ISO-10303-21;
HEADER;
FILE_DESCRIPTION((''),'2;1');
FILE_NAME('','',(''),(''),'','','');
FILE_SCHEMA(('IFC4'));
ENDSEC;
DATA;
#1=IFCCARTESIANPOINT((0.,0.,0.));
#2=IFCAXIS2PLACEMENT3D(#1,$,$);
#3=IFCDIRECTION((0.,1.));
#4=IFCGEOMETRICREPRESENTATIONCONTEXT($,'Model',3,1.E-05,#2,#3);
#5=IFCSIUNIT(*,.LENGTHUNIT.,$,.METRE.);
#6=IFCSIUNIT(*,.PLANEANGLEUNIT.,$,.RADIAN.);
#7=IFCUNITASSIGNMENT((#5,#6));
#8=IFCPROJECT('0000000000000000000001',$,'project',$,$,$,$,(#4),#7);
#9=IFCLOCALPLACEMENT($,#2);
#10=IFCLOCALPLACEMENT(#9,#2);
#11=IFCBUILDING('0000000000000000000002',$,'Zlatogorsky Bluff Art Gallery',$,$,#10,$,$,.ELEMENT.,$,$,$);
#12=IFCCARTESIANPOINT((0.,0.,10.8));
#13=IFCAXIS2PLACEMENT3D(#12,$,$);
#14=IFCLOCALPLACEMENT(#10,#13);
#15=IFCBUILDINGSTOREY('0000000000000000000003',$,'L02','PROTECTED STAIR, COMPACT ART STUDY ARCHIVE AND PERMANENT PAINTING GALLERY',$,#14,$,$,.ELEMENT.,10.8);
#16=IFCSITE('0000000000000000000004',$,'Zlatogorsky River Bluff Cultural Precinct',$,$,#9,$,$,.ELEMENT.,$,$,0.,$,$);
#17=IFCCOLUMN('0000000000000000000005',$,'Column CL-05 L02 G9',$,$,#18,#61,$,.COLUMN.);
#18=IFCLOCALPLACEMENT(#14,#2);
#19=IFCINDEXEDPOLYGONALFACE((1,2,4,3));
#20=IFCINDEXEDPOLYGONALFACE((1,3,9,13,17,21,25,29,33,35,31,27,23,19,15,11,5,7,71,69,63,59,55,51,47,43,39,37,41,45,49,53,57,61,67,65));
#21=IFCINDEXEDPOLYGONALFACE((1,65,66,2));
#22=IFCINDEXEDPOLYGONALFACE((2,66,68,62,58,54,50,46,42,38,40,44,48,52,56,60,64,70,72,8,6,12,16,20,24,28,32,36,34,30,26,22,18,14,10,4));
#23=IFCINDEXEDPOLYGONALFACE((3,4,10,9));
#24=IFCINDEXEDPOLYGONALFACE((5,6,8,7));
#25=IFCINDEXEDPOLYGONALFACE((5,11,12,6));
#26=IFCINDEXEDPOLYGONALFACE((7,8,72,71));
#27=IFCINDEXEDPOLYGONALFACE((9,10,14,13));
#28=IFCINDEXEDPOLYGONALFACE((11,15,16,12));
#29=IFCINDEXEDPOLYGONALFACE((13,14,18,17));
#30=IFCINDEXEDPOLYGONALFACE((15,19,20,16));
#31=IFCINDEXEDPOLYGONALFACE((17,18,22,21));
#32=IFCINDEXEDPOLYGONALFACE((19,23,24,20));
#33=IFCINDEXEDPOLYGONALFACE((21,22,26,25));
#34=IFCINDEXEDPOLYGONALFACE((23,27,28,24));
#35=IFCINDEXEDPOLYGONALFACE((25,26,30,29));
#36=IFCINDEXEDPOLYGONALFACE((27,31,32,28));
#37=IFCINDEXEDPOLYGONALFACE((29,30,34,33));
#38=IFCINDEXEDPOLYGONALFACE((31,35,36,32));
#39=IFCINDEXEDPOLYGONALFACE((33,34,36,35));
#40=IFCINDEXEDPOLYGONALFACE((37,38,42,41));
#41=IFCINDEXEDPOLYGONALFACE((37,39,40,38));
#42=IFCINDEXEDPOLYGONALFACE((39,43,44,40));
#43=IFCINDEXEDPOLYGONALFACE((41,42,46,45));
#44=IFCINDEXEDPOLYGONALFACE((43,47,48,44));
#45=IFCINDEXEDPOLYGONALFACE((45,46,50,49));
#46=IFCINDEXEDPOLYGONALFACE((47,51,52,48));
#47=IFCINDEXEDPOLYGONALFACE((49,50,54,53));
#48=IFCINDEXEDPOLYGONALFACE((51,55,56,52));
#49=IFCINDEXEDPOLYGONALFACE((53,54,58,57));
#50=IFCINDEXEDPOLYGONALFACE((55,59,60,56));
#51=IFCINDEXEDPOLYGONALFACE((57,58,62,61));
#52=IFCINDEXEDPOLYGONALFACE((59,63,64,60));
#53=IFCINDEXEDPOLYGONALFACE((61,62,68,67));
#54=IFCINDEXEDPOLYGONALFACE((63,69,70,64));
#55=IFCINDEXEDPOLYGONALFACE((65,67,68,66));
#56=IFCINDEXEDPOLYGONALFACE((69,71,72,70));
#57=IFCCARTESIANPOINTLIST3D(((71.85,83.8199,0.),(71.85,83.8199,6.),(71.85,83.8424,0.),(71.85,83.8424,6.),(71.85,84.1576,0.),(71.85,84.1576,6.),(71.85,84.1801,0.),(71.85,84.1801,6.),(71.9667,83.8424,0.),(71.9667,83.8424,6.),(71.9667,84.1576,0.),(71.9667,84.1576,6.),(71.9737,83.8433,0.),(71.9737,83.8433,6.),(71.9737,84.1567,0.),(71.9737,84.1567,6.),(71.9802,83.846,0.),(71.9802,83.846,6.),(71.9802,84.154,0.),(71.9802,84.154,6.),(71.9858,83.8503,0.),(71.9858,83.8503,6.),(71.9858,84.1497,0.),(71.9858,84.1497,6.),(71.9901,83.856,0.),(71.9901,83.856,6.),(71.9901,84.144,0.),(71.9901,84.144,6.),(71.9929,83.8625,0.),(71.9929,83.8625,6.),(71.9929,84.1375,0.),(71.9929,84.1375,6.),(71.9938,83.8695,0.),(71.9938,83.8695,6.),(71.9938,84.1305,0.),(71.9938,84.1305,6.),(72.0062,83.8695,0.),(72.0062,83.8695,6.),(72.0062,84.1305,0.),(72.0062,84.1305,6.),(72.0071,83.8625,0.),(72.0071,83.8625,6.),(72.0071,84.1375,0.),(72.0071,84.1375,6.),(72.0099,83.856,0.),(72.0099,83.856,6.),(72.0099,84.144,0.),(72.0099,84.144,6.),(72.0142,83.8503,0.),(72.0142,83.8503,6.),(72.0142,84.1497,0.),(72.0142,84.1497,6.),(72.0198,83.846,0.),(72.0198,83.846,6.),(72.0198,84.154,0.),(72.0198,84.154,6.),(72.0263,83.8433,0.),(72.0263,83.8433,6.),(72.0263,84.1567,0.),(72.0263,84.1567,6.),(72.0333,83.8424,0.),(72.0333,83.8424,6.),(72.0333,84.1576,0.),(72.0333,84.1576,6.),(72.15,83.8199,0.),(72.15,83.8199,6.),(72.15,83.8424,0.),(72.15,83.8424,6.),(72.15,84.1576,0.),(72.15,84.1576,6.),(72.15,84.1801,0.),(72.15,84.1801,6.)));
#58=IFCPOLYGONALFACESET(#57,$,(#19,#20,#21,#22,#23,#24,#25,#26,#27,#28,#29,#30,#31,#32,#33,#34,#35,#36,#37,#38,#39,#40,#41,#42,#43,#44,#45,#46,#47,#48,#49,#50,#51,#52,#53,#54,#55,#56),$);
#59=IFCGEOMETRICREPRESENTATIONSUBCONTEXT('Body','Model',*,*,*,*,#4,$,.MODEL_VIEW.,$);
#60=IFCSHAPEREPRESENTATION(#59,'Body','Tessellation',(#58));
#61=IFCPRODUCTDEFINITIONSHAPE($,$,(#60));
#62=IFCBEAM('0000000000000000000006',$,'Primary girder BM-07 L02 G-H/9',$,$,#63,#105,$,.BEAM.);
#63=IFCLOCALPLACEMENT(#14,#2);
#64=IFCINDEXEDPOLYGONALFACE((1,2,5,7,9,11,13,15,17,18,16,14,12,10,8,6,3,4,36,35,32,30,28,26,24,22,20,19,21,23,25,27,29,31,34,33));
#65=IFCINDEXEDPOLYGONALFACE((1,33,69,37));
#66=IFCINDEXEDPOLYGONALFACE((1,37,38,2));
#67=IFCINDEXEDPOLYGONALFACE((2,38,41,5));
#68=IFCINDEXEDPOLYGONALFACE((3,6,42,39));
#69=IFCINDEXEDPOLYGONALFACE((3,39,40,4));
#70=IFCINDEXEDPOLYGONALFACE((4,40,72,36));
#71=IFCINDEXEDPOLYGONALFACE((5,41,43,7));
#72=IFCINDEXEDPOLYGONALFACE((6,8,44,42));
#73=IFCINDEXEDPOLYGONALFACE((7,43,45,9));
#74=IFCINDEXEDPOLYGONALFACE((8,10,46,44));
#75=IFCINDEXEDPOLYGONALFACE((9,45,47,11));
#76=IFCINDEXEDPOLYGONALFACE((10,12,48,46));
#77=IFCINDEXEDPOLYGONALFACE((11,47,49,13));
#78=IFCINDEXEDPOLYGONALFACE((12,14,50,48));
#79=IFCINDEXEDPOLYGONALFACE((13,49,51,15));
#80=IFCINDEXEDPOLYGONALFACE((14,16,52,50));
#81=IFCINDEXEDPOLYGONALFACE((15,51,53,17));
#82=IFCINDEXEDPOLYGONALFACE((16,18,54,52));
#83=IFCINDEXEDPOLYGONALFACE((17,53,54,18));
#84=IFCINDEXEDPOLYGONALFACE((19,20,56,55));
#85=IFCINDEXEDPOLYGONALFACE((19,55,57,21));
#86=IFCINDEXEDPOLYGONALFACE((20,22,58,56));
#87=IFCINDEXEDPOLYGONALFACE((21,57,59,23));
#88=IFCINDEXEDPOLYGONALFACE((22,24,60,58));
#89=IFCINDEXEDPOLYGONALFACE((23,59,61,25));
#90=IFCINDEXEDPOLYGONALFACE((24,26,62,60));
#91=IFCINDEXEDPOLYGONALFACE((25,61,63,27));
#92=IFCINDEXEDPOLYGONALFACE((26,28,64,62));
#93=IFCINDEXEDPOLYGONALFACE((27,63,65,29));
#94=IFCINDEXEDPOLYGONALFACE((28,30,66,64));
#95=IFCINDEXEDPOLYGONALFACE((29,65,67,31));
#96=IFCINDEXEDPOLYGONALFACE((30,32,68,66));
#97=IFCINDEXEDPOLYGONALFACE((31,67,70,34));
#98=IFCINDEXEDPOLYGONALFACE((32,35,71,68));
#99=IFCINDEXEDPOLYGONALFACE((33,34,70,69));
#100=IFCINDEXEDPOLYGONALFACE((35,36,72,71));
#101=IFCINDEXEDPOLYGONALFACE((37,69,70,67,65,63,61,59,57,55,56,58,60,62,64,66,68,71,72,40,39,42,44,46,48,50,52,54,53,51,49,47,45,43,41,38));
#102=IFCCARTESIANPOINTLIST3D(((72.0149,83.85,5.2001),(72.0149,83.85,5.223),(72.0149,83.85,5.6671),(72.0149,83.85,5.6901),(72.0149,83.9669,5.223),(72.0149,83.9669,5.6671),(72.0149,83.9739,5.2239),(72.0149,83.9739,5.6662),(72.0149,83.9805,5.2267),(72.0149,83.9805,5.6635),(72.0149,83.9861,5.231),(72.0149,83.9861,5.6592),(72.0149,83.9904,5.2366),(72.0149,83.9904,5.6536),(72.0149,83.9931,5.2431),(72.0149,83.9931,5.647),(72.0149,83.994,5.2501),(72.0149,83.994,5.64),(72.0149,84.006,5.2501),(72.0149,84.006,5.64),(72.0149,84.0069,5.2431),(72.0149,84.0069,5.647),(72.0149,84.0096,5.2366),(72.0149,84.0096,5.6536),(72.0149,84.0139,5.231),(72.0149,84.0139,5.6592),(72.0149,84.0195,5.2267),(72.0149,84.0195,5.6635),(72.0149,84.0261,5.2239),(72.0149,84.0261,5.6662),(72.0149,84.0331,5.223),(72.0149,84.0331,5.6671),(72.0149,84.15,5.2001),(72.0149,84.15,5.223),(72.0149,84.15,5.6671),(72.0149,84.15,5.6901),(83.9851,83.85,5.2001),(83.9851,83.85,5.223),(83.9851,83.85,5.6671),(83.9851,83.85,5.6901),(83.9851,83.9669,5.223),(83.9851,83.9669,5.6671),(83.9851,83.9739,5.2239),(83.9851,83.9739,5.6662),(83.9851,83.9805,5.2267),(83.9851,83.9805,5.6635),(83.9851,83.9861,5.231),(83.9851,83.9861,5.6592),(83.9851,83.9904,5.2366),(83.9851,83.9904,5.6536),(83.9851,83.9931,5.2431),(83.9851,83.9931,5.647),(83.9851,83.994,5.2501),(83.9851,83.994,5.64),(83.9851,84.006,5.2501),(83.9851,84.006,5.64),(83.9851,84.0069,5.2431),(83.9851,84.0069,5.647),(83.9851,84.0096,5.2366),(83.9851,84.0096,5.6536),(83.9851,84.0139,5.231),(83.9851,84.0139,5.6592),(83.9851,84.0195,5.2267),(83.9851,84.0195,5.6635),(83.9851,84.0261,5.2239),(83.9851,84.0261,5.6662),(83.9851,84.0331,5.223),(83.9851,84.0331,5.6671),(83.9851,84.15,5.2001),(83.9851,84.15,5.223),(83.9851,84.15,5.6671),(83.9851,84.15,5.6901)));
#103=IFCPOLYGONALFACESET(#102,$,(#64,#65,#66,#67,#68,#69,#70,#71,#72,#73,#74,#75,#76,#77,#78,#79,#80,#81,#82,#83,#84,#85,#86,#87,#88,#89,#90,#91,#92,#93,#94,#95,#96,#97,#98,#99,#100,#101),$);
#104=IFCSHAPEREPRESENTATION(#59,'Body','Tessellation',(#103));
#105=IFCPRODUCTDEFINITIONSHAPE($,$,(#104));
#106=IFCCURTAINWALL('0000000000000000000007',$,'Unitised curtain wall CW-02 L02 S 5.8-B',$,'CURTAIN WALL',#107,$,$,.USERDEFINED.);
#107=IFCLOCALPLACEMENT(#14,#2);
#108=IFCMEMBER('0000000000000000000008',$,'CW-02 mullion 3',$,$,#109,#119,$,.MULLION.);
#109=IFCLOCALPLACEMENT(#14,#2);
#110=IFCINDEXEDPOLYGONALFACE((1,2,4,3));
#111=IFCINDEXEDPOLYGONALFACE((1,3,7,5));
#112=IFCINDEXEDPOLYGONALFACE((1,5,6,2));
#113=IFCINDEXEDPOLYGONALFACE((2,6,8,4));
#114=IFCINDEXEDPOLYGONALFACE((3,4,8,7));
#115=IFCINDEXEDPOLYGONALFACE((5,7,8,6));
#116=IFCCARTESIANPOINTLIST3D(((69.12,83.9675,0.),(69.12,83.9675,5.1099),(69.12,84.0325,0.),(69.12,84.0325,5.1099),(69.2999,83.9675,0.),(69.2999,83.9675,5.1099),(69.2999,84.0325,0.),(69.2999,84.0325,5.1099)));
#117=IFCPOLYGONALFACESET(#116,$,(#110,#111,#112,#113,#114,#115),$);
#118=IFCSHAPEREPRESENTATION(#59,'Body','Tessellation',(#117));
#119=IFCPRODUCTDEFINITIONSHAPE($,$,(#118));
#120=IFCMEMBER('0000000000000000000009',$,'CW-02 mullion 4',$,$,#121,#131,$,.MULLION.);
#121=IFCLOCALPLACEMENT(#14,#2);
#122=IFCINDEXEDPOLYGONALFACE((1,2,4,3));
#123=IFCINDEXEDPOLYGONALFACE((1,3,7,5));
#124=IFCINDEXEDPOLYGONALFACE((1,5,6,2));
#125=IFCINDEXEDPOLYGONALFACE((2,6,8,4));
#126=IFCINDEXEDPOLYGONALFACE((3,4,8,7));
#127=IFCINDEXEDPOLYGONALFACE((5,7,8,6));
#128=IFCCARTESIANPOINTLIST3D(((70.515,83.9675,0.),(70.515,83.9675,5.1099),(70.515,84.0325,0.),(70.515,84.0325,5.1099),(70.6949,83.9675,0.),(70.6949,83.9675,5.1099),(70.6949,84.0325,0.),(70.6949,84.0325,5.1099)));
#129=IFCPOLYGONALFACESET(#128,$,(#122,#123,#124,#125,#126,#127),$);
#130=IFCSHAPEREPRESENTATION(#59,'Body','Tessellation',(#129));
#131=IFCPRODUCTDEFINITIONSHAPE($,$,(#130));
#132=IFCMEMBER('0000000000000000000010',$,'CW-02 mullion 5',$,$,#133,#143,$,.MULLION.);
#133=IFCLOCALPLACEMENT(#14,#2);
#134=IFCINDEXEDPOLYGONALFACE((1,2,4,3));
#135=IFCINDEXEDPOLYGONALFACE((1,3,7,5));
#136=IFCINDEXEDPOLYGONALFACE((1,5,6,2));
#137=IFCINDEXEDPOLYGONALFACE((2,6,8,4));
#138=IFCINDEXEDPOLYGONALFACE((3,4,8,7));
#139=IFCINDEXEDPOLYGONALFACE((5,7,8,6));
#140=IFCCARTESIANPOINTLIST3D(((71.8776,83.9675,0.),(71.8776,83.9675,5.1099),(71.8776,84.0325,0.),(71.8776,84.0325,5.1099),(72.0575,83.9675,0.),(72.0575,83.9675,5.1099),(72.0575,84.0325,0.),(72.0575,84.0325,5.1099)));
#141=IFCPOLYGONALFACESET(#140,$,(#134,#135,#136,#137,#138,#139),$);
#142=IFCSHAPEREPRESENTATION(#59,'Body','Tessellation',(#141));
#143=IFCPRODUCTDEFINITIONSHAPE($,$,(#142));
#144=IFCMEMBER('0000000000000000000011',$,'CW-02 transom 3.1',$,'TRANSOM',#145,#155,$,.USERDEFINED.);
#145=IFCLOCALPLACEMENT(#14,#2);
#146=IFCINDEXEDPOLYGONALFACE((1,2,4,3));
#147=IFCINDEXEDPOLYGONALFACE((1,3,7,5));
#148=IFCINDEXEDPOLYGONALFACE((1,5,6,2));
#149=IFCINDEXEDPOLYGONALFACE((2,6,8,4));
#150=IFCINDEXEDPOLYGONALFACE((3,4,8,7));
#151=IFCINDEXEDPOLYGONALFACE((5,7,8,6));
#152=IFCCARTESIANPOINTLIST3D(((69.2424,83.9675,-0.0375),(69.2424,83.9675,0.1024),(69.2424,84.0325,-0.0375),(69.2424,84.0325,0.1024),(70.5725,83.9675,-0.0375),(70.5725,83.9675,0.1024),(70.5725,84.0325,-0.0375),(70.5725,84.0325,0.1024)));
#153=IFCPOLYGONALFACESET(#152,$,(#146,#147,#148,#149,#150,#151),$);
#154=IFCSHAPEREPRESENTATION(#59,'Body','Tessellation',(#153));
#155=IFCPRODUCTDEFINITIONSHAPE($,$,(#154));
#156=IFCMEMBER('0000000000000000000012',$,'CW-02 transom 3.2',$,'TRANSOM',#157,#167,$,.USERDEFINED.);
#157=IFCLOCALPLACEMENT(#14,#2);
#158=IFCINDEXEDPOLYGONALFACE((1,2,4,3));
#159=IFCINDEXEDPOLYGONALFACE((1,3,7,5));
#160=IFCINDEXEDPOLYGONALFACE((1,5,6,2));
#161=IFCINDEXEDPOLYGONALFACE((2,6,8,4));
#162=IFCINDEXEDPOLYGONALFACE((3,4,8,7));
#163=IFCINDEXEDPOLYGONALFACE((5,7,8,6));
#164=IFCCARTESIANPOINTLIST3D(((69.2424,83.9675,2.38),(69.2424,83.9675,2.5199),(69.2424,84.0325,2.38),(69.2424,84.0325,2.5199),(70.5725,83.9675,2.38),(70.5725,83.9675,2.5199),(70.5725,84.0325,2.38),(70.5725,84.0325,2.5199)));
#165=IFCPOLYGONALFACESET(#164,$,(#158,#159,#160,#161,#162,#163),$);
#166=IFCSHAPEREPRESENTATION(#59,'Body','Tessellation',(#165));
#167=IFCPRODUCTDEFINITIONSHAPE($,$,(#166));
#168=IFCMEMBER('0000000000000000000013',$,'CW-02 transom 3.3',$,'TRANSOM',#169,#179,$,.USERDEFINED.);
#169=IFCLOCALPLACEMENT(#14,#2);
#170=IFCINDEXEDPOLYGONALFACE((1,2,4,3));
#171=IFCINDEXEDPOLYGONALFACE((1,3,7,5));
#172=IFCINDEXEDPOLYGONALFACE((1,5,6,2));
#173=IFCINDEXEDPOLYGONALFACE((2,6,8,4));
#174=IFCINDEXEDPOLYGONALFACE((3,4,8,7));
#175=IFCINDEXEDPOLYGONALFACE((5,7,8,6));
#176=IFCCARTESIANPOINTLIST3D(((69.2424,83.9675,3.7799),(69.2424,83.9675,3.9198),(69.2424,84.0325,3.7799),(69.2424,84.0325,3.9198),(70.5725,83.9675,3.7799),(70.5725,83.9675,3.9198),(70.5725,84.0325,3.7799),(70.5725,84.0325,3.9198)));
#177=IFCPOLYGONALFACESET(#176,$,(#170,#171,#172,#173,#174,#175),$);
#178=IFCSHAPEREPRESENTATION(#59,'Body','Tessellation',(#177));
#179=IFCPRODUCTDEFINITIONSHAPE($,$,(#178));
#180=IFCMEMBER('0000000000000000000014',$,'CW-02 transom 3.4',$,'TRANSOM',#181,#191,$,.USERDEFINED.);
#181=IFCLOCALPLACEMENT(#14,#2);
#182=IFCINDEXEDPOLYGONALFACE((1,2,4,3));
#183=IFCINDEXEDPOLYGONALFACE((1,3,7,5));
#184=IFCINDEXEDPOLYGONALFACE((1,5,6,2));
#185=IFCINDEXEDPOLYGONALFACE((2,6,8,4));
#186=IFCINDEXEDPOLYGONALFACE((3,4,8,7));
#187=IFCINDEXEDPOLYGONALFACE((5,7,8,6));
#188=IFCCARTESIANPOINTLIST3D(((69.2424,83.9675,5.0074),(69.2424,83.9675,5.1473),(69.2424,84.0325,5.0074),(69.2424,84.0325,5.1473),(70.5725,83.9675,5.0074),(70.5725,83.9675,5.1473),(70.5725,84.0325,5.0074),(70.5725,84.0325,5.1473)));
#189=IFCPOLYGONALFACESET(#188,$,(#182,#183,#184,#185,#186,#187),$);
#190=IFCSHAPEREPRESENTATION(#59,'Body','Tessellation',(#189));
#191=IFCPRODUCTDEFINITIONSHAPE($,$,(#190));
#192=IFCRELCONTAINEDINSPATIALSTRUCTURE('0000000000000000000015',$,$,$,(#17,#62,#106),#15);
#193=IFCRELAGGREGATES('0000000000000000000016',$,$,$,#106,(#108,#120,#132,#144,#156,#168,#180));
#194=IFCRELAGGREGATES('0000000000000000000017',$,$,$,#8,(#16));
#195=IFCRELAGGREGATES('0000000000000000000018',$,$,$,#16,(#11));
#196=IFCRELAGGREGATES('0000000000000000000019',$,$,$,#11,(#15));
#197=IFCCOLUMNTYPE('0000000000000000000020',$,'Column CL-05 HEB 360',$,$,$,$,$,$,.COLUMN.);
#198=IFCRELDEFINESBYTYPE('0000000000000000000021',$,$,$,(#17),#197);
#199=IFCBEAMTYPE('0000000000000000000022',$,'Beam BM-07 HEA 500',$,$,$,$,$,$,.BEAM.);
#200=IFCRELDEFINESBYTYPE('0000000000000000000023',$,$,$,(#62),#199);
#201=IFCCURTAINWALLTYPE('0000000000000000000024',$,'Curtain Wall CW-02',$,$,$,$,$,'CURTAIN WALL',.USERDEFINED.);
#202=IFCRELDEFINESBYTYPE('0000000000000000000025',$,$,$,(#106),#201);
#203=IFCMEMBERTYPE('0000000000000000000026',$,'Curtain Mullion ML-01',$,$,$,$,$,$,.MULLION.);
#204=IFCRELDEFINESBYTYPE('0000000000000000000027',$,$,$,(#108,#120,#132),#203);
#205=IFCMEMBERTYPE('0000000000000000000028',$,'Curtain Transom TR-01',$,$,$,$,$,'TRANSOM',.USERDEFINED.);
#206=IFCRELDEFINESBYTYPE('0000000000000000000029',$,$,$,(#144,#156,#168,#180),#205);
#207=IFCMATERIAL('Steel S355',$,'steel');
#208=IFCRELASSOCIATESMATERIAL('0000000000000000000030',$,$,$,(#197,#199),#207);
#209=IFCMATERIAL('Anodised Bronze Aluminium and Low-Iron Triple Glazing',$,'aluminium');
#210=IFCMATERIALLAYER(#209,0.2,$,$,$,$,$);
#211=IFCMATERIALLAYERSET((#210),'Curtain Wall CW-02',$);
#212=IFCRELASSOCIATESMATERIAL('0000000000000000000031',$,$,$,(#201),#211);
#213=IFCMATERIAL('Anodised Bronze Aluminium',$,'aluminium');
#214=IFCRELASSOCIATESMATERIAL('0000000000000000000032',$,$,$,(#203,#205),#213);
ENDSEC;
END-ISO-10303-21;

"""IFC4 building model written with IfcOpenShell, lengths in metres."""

from ifc_helpers import new_model, si_unit, direction, frame, origin, origin_2d, place, context, subcontext, project, spatial, rectangle, i_section, extrude, material, layer, layer_set, material_profile, profile_set, type_object, element, aggregate, save


model = new_model("IFC4")

# Units and contexts
model_context = context("Model", 3, precision=1e-05, world=origin(), true_north=direction((0.0, 1.0)))
body_context = subcontext(model_context, "Body", "Model", "MODEL_VIEW")
ifc_project = project(units=[si_unit("LENGTHUNIT", "METRE"), si_unit("PLANEANGLEUNIT", "RADIAN")], contexts=[model_context])

# Site, building, storey
site_placement = place(None, origin())
site = spatial("IfcSite", under=ifc_project, at=site_placement, Name="Zlatogorsky River Bluff Cultural Precinct", CompositionType="ELEMENT", RefElevation=0.0)
building_placement = place(site_placement, origin())
building = spatial("IfcBuilding", under=site, at=building_placement, Name="Zlatogorsky Bluff Art Gallery", CompositionType="ELEMENT")
storey_placement = place(building_placement, frame((0.0, 0.0, 10.8)))
storey = spatial("IfcBuildingStorey", under=building, at=storey_placement, Name="L02", Description="PROTECTED STAIR, COMPACT ART STUDY ARCHIVE AND PERMANENT PAINTING GALLERY", CompositionType="ELEMENT", Elevation=10.8)

# Column
ifc_material_1 = material(Name="Steel S355", Category="steel")
ifc_material_profile_1 = material_profile(ifc_material_1, i_section(OverallWidth=0.3, OverallDepth=0.3601, WebThickness=0.0125, FlangeThickness=0.0225, FilletRadius=0.0271, at=origin_2d()), Name="HEB 360")
ifc_profile_set_1 = profile_set([ifc_material_profile_1], Name="Steel S355")
column_type = type_object("IfcColumnType", Name="Column CL-05 HEB 360", PredefinedType="COLUMN", material=ifc_profile_set_1)
column_placement = place(storey_placement, frame((72.0, 84.0, 0.0), z_axis=(0.0, 0.0, 1.0), x_axis=(1.0, 0.0, 0.0)))
element("IfcColumn", 1, at=column_placement, inside=storey, type_object=column_type, Name="Column CL-05 L02 G9", PredefinedType="COLUMN", context=body_context, shape_type="SweptSolid", body=[
    extrude(i_section(OverallWidth=0.3, OverallDepth=0.3601, WebThickness=0.0125, FlangeThickness=0.0225, FilletRadius=0.0271, at=origin_2d()), origin(), (0.0, 0.0, 1.0), 6.0),
])

# Beam
ifc_material_profile_2 = material_profile(ifc_material_1, i_section(OverallWidth=0.3, OverallDepth=0.49, WebThickness=0.012, FlangeThickness=0.0229, FilletRadius=0.0271, at=origin_2d()), Name="HEA 500")
ifc_profile_set_2 = profile_set([ifc_material_profile_2], Name="Steel S355")
beam_type = type_object("IfcBeamType", Name="Beam BM-07 HEA 500", PredefinedType="BEAM", material=ifc_profile_set_2)
beam_placement = place(storey_placement, frame((72.0149, 84.0, 5.4451), z_axis=(1.0, 0.0, 0.0), x_axis=(0.0, 1.0, 0.0)))
element("IfcBeam", 2, at=beam_placement, inside=storey, type_object=beam_type, Name="Primary girder BM-07 L02 G-H/9", PredefinedType="BEAM", context=body_context, shape_type="SweptSolid", body=[
    extrude(i_section(OverallWidth=0.3, OverallDepth=0.49, WebThickness=0.012, FlangeThickness=0.0229, FilletRadius=0.0271, at=origin_2d()), origin(), (0.0, 0.0, 1.0), 11.9702),
])

# Curtain wall, members
ifc_material_2 = material(Name="Anodised Bronze Aluminium and Low-Iron Triple Glazing", Category="aluminium")
ifc_layer_1 = layer(ifc_material_2, 0.2)
ifc_layer_set_1 = layer_set([ifc_layer_1], Name="Curtain Wall CW-02")
curtain_wall_type = type_object("IfcCurtainWallType", Name="Curtain Wall CW-02", ElementType="CURTAIN WALL", PredefinedType="USERDEFINED", material=ifc_layer_set_1)
curtain_wall_placement = place(storey_placement, origin())
curtain_wall = element("IfcCurtainWall", 3, at=curtain_wall_placement, inside=storey, type_object=curtain_wall_type, Name="Unitised curtain wall CW-02 L02 S 5.8-B", ObjectType="CURTAIN WALL", PredefinedType="USERDEFINED")
ifc_material_3 = material(Name="Anodised Bronze Aluminium", Category="aluminium")
ifc_material_profile_3 = material_profile(ifc_material_3, rectangle(XDim=0.0649, YDim=0.1799, at=origin_2d()), Name="ALU MULLION 65x180")
ifc_profile_set_3 = profile_set([ifc_material_profile_3], Name="Anodised Bronze Aluminium")
member_type_1 = type_object("IfcMemberType", Name="Curtain Mullion ML-01", PredefinedType="MULLION", material=ifc_profile_set_3)
member_1_placement = place(storey_placement, frame((69.21, 84.0, 0.0), z_axis=(0.0, 0.0, 1.0), x_axis=(0.0, 1.0, 0.0)))
member_1 = element("IfcMember", 4, at=member_1_placement, type_object=member_type_1, Name="CW-02 mullion 3", PredefinedType="MULLION", context=body_context, shape_type="SweptSolid", body=[
    extrude(rectangle(XDim=0.0649, YDim=0.1799, at=origin_2d()), origin(), (0.0, 0.0, 1.0), 5.1099),
])
member_2_placement = place(storey_placement, frame((70.605, 84.0, 0.0), z_axis=(0.0, 0.0, 1.0), x_axis=(0.0, 1.0, 0.0)))
member_2 = element("IfcMember", 5, at=member_2_placement, type_object=member_type_1, Name="CW-02 mullion 4", PredefinedType="MULLION", context=body_context, shape_type="SweptSolid", body=[
    extrude(rectangle(XDim=0.0649, YDim=0.1799, at=origin_2d()), origin(), (0.0, 0.0, 1.0), 5.1099),
])
member_3_placement = place(storey_placement, frame((71.9675, 84.0, 0.0), z_axis=(0.0, 0.0, 1.0), x_axis=(0.0, 1.0, 0.0)))
member_3 = element("IfcMember", 6, at=member_3_placement, type_object=member_type_1, Name="CW-02 mullion 5", PredefinedType="MULLION", context=body_context, shape_type="SweptSolid", body=[
    extrude(rectangle(XDim=0.0649, YDim=0.1799, at=origin_2d()), origin(), (0.0, 0.0, 1.0), 5.1099),
])
ifc_material_profile_4 = material_profile(ifc_material_3, rectangle(XDim=0.0649, YDim=0.1399, at=origin_2d()), Name="ALU TRANSOM 65x140")
ifc_profile_set_4 = profile_set([ifc_material_profile_4], Name="Anodised Bronze Aluminium")
member_type_2 = type_object("IfcMemberType", Name="Curtain Transom TR-01", ElementType="TRANSOM", PredefinedType="USERDEFINED", material=ifc_profile_set_4)
member_4_placement = place(storey_placement, frame((69.2424, 84.0, 0.0325), z_axis=(1.0, 0.0, 0.0), x_axis=(0.0, 1.0, 0.0)))
member_4 = element("IfcMember", 7, at=member_4_placement, type_object=member_type_2, Name="CW-02 transom 3.1", ObjectType="TRANSOM", PredefinedType="USERDEFINED", context=body_context, shape_type="SweptSolid", body=[
    extrude(rectangle(XDim=0.0649, YDim=0.1399, at=origin_2d()), origin(), (0.0, 0.0, 1.0), 1.3301),
])
member_5_placement = place(storey_placement, frame((69.2424, 84.0, 2.45), z_axis=(1.0, 0.0, 0.0), x_axis=(0.0, 1.0, 0.0)))
member_5 = element("IfcMember", 8, at=member_5_placement, type_object=member_type_2, Name="CW-02 transom 3.2", ObjectType="TRANSOM", PredefinedType="USERDEFINED", context=body_context, shape_type="SweptSolid", body=[
    extrude(rectangle(XDim=0.0649, YDim=0.1399, at=origin_2d()), origin(), (0.0, 0.0, 1.0), 1.3301),
])
member_6_placement = place(storey_placement, frame((69.2424, 84.0, 3.8499), z_axis=(1.0, 0.0, 0.0), x_axis=(0.0, 1.0, 0.0)))
member_6 = element("IfcMember", 9, at=member_6_placement, type_object=member_type_2, Name="CW-02 transom 3.3", ObjectType="TRANSOM", PredefinedType="USERDEFINED", context=body_context, shape_type="SweptSolid", body=[
    extrude(rectangle(XDim=0.0649, YDim=0.1399, at=origin_2d()), origin(), (0.0, 0.0, 1.0), 1.3301),
])
member_7_placement = place(storey_placement, frame((69.2424, 84.0, 5.0774), z_axis=(1.0, 0.0, 0.0), x_axis=(0.0, 1.0, 0.0)))
member_7 = element("IfcMember", 10, at=member_7_placement, type_object=member_type_2, Name="CW-02 transom 3.4", ObjectType="TRANSOM", PredefinedType="USERDEFINED", context=body_context, shape_type="SweptSolid", body=[
    extrude(rectangle(XDim=0.0649, YDim=0.1399, at=origin_2d()), origin(), (0.0, 0.0, 1.0), 1.3301),
])
aggregate(curtain_wall, [member_1, member_2, member_3, member_4, member_5, member_6, member_7])

save(model, "model.ifc")
